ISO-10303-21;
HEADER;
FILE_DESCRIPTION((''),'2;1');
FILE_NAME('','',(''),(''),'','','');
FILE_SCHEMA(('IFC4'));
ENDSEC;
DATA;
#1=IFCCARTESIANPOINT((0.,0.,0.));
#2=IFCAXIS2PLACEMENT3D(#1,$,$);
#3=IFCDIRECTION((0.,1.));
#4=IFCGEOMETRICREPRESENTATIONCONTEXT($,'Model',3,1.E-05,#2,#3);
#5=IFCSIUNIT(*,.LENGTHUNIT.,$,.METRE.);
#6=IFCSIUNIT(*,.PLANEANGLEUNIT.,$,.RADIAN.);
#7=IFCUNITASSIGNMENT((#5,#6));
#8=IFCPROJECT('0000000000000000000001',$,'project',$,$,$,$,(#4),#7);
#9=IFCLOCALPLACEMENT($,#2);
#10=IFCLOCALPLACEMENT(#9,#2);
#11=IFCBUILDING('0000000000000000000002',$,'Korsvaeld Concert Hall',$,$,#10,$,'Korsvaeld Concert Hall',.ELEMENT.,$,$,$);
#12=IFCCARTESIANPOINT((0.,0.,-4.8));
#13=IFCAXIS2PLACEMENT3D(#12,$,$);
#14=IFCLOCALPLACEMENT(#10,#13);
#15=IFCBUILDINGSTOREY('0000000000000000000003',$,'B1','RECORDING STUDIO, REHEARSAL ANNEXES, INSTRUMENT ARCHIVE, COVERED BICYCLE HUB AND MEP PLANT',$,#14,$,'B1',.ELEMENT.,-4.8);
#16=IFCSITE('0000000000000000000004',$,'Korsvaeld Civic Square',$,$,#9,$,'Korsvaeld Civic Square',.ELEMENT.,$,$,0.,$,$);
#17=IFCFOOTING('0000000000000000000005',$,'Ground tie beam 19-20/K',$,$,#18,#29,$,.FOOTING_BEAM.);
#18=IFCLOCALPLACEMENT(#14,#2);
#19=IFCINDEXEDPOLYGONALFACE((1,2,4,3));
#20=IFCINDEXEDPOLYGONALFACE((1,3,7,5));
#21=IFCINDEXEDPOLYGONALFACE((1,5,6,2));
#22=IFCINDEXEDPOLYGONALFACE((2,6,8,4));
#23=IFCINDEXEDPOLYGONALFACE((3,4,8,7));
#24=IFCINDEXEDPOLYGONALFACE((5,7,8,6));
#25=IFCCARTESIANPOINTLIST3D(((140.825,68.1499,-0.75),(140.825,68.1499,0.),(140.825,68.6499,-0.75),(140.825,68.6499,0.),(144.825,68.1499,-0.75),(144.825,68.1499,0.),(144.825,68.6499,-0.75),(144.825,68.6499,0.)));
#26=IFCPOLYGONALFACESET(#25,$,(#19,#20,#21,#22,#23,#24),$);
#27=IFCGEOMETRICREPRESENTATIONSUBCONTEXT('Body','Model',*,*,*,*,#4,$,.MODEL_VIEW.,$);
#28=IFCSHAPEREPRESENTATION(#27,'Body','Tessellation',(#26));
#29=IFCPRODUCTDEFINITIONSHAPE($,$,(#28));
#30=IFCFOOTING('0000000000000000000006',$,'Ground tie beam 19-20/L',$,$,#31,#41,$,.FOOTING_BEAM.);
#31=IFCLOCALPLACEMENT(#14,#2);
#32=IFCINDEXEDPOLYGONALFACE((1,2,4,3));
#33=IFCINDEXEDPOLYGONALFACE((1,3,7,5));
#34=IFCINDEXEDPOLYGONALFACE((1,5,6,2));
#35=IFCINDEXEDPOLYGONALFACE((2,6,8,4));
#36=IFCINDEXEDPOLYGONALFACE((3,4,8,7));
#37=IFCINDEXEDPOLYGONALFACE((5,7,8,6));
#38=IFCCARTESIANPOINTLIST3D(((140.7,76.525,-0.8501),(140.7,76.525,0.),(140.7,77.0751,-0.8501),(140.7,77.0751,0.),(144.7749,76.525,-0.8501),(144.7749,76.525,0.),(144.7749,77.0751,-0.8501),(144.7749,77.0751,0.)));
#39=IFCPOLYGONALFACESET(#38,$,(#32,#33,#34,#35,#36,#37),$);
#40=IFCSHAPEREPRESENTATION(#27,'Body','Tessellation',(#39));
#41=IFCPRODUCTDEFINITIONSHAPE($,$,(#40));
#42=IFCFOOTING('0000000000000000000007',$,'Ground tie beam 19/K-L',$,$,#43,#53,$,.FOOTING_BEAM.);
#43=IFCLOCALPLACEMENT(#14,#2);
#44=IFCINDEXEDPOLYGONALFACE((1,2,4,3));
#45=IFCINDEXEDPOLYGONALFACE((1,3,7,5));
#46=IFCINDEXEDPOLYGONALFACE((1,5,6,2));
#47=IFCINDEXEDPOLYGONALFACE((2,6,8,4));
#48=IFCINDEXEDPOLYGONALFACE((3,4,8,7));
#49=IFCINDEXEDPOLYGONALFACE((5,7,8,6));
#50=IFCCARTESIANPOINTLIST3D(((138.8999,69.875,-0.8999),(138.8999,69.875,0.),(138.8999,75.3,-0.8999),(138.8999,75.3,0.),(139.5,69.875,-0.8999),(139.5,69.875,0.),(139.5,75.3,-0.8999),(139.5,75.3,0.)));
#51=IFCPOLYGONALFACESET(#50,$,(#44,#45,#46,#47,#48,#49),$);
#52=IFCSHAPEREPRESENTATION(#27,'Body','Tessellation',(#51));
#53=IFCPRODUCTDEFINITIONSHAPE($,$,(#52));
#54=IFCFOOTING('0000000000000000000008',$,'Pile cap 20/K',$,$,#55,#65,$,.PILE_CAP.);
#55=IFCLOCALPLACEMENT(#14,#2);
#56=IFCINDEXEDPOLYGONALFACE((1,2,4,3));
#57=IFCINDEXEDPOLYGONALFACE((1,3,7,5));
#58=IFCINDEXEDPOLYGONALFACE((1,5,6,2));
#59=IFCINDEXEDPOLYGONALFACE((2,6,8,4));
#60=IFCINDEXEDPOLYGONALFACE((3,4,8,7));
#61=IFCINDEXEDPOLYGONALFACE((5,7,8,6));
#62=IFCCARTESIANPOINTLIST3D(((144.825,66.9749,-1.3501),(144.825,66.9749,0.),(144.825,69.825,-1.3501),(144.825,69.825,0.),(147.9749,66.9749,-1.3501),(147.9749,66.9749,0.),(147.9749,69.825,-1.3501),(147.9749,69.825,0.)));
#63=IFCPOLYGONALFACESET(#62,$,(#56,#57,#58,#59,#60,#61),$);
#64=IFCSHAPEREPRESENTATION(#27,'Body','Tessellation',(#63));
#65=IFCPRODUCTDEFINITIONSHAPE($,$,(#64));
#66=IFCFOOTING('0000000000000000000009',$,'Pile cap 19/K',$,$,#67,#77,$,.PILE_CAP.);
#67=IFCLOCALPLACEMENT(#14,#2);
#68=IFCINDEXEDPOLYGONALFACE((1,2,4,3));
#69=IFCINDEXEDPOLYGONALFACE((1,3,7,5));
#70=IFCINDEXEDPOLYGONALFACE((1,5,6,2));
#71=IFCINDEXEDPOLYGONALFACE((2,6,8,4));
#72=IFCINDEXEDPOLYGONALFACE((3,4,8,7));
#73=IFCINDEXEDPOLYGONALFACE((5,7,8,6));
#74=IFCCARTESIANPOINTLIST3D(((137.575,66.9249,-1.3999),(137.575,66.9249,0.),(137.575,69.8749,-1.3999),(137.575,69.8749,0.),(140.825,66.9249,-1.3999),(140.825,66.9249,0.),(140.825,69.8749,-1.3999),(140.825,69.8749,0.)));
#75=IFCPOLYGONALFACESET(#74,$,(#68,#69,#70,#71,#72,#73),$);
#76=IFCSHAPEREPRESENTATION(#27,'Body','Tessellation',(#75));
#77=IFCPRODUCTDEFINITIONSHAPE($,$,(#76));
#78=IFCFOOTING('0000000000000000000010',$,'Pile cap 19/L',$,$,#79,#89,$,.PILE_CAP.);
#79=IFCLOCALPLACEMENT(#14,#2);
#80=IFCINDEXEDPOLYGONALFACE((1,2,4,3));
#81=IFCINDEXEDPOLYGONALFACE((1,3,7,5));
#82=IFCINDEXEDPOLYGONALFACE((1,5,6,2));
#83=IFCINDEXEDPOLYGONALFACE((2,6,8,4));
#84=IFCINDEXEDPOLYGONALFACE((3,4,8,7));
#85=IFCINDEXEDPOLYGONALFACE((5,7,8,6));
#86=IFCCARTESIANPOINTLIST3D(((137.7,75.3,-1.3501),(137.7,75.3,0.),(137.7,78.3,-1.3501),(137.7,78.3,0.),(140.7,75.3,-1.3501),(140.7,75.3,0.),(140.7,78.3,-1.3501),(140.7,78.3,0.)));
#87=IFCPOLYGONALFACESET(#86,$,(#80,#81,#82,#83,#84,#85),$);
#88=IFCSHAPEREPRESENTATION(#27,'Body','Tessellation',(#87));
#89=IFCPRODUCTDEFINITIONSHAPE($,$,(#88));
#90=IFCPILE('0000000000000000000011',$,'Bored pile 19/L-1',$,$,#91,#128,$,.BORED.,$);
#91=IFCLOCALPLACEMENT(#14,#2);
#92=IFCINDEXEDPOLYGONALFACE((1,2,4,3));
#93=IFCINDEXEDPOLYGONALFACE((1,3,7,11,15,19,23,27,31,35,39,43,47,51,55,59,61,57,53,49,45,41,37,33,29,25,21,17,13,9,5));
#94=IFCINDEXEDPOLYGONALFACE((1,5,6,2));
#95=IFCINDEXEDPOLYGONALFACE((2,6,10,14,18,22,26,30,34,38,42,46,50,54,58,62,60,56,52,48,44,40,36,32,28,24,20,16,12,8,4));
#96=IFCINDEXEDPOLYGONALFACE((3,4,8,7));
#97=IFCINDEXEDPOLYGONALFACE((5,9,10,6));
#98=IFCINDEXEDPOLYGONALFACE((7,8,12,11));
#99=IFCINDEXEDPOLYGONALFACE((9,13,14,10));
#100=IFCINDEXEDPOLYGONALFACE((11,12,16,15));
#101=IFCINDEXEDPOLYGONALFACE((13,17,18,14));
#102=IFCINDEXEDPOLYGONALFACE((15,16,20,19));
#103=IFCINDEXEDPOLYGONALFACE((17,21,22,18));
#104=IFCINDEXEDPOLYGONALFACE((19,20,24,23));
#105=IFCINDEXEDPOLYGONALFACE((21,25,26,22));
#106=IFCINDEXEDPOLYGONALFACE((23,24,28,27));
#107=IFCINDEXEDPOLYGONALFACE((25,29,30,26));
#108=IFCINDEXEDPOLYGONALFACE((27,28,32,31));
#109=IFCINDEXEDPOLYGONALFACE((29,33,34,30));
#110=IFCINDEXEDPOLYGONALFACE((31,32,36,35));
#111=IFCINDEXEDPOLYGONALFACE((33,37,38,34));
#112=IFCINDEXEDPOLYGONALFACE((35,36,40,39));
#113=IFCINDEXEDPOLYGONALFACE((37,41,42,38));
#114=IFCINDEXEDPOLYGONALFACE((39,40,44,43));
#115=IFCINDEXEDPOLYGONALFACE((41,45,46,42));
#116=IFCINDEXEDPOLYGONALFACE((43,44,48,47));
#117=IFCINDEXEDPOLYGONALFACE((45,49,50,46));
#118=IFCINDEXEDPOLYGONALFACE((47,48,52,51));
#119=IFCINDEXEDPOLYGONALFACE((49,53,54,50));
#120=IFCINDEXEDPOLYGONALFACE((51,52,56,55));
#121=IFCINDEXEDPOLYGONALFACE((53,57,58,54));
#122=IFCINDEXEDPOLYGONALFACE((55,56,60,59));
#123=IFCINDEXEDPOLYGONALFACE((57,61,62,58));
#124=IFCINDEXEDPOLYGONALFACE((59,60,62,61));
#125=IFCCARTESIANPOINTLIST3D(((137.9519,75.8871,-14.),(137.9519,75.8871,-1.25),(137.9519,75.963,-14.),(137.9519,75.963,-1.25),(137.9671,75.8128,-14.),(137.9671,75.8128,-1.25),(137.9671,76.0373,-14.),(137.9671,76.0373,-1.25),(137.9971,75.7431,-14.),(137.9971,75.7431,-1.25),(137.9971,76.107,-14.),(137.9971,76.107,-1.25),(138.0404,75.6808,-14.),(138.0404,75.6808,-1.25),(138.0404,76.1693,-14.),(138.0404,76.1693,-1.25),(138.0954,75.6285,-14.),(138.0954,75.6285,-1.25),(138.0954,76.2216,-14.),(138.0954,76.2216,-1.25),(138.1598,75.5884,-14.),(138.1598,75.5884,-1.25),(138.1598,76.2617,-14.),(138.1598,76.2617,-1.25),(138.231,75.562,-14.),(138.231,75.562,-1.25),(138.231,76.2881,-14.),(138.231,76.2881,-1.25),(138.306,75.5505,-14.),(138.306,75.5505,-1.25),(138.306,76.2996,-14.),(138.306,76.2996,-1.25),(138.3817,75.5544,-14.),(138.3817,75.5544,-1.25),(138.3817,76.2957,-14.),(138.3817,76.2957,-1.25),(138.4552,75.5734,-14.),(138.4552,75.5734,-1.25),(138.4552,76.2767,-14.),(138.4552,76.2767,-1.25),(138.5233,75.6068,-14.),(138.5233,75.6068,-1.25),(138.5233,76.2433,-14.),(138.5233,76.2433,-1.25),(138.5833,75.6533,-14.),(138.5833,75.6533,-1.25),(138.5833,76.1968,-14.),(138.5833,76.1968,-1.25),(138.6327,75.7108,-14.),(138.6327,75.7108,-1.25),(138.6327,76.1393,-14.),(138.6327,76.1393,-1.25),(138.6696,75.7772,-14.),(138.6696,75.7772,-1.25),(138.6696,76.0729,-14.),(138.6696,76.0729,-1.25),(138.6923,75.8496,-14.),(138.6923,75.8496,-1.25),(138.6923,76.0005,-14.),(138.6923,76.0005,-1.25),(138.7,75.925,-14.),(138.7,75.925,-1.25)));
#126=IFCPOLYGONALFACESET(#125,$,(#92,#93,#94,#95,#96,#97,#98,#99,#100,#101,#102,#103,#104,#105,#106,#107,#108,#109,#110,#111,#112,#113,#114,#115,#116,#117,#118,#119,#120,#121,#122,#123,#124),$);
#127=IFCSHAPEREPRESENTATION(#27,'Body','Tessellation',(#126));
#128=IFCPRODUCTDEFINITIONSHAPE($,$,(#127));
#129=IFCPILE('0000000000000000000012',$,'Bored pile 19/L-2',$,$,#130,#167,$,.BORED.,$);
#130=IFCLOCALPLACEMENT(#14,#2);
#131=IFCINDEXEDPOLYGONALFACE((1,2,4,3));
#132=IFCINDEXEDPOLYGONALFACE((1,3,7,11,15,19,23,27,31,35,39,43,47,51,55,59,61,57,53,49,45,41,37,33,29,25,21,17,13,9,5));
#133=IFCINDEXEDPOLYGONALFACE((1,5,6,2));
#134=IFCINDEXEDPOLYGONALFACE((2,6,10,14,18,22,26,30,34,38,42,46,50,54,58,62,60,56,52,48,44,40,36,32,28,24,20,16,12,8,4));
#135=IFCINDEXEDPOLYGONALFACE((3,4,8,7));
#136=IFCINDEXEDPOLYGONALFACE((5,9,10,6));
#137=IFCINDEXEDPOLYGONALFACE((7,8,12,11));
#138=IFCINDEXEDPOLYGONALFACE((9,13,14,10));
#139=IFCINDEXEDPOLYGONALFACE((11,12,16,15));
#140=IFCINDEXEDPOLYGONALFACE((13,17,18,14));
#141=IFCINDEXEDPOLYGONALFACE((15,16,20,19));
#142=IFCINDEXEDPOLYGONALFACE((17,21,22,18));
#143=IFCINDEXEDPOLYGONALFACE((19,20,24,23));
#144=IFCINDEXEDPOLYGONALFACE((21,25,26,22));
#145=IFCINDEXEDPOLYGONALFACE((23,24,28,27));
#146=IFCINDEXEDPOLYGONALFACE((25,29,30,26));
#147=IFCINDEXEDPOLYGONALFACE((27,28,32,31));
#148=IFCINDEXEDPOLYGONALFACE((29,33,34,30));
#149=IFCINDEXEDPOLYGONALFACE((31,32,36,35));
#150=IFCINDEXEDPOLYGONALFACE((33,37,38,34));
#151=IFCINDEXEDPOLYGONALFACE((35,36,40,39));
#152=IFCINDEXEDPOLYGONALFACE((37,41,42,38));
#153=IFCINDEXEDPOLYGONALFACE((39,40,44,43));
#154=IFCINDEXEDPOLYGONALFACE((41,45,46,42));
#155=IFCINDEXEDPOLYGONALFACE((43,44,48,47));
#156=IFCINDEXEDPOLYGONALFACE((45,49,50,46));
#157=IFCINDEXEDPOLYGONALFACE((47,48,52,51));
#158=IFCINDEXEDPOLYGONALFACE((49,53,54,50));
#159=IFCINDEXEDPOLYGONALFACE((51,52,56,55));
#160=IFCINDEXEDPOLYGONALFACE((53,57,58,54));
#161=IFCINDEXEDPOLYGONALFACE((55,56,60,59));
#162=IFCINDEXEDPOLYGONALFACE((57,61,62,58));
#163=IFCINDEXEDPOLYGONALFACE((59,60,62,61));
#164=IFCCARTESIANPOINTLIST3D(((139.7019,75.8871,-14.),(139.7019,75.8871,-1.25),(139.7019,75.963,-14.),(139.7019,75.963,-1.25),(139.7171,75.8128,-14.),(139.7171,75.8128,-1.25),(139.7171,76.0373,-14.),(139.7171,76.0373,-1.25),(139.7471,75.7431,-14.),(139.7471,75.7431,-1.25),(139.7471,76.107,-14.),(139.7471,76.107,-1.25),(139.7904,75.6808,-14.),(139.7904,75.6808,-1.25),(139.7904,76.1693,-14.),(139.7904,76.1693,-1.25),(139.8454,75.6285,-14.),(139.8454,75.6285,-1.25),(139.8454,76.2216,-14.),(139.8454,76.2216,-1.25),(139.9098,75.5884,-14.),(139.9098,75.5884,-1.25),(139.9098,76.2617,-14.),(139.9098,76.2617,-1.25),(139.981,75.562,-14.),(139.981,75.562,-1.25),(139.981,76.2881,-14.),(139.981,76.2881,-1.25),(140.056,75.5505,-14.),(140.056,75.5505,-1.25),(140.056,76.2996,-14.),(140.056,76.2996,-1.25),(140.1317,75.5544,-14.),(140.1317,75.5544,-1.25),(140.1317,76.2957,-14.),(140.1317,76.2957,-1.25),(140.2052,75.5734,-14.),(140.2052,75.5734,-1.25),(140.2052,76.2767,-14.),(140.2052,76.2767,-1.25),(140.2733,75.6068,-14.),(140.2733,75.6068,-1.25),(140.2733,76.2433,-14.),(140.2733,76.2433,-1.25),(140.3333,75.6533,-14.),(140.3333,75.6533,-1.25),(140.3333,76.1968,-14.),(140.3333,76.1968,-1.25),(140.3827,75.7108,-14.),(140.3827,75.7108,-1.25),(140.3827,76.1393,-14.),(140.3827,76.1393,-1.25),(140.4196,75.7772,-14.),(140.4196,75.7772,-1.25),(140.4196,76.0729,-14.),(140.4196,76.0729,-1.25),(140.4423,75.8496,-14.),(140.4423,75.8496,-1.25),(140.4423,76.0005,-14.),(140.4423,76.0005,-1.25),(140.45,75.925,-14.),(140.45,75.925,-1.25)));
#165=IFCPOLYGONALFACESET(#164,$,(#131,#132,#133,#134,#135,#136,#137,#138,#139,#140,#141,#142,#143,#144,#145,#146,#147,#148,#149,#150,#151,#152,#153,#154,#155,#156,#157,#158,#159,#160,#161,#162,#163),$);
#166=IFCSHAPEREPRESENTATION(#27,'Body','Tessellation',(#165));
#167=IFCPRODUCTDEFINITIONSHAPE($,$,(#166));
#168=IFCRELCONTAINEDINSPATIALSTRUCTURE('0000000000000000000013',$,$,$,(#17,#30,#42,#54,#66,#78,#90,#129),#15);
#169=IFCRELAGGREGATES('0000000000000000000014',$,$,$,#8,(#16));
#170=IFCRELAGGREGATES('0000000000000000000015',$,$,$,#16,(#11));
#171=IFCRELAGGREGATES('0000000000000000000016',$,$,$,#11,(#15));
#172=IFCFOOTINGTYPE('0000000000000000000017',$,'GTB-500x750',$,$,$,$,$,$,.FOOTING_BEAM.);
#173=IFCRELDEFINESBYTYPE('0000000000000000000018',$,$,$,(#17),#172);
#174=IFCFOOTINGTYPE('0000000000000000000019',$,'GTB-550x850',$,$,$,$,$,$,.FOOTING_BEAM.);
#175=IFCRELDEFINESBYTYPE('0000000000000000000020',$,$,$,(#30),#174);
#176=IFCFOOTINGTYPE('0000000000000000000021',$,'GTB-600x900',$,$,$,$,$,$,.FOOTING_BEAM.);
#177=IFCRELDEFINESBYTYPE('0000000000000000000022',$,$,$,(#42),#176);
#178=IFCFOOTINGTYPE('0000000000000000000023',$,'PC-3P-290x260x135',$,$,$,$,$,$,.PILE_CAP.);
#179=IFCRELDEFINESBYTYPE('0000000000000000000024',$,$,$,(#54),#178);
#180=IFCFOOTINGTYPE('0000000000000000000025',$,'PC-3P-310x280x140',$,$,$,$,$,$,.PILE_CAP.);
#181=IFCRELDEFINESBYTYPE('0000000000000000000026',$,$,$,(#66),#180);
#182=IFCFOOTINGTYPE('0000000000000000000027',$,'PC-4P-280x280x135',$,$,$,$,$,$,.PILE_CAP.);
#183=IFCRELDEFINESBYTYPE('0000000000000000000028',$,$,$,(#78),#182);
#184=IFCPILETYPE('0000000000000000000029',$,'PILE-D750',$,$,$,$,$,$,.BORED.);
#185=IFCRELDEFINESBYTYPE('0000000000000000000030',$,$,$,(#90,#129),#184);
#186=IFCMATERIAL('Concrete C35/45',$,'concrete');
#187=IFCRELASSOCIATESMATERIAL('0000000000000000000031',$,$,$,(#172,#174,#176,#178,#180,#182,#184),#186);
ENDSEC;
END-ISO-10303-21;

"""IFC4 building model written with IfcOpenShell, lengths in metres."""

from ifc_helpers import new_model, si_unit, direction, frame, origin, origin_2d, place, context, subcontext, project, spatial, rectangle, circle, extrude, material, material_profile, profile_set, type_object, element, save


model = new_model("IFC4")

# Units and contexts
model_context = context("Model", 3, precision=1e-05, world=origin(), true_north=direction((0.0, 1.0)))
body_context = subcontext(model_context, "Body", "Model", "MODEL_VIEW")
ifc_project = project(units=[si_unit("LENGTHUNIT", "METRE"), si_unit("PLANEANGLEUNIT", "RADIAN")], contexts=[model_context])

# Site, building, storey
site_placement = place(None, origin())
site = spatial("IfcSite", under=ifc_project, at=site_placement, Name="Korsvaeld Civic Square", LongName="Korsvaeld Civic Square", CompositionType="ELEMENT", RefElevation=0.0)
building_placement = place(site_placement, origin())
building = spatial("IfcBuilding", under=site, at=building_placement, Name="Korsvaeld Concert Hall", LongName="Korsvaeld Concert Hall", CompositionType="ELEMENT")
storey_placement = place(building_placement, frame((0.0, 0.0, -4.8)))
storey = spatial("IfcBuildingStorey", under=building, at=storey_placement, Name="B1", Description="RECORDING STUDIO, REHEARSAL ANNEXES, INSTRUMENT ARCHIVE, COVERED BICYCLE HUB AND MEP PLANT", LongName="B1", CompositionType="ELEMENT", Elevation=-4.8)

# Footings
ifc_material_1 = material(Name="Concrete C35/45", Category="concrete")
ifc_material_profile_1 = material_profile(ifc_material_1, rectangle(XDim=0.5, YDim=0.75, at=origin_2d()), Name="GTB 500x750")
ifc_profile_set_1 = profile_set([ifc_material_profile_1], Name="Concrete C35/45")
footing_type_1 = type_object("IfcFootingType", Name="GTB-500x750", PredefinedType="FOOTING_BEAM", material=ifc_profile_set_1)
footing_1_placement = place(storey_placement, frame((140.825, 68.3999, -0.375), z_axis=(1.0, 0.0, 0.0), x_axis=(0.0, 1.0, 0.0)))
element("IfcFooting", 1, at=footing_1_placement, inside=storey, type_object=footing_type_1, Name="Ground tie beam 19-20/K", PredefinedType="FOOTING_BEAM", context=body_context, shape_type="SweptSolid", body=[
    extrude(rectangle(XDim=0.5, YDim=0.75, at=origin_2d()), origin(), (0.0, 0.0, 1.0), 4.0),
])
ifc_material_profile_2 = material_profile(ifc_material_1, rectangle(XDim=0.55, YDim=0.8501, at=origin_2d()), Name="GTB 550x850")
ifc_profile_set_2 = profile_set([ifc_material_profile_2], Name="Concrete C35/45")
footing_type_2 = type_object("IfcFootingType", Name="GTB-550x850", PredefinedType="FOOTING_BEAM", material=ifc_profile_set_2)
footing_2_placement = place(storey_placement, frame((140.7, 76.8, -0.425), z_axis=(1.0, 0.0, 0.0), x_axis=(0.0, 1.0, 0.0)))
element("IfcFooting", 2, at=footing_2_placement, inside=storey, type_object=footing_type_2, Name="Ground tie beam 19-20/L", PredefinedType="FOOTING_BEAM", context=body_context, shape_type="SweptSolid", body=[
    extrude(rectangle(XDim=0.55, YDim=0.8501, at=origin_2d()), origin(), (0.0, 0.0, 1.0), 4.075),
])
ifc_material_profile_3 = material_profile(ifc_material_1, rectangle(XDim=0.6001, YDim=0.8999, at=origin_2d()), Name="GTB 600x900")
ifc_profile_set_3 = profile_set([ifc_material_profile_3], Name="Concrete C35/45")
footing_type_3 = type_object("IfcFootingType", Name="GTB-600x900", PredefinedType="FOOTING_BEAM", material=ifc_profile_set_3)
footing_3_placement = place(storey_placement, frame((139.2, 69.875, -0.45), z_axis=(0.0, 1.0, 0.0), x_axis=(-1.0, 0.0, 0.0)))
element("IfcFooting", 3, at=footing_3_placement, inside=storey, type_object=footing_type_3, Name="Ground tie beam 19/K-L", PredefinedType="FOOTING_BEAM", context=body_context, shape_type="SweptSolid", body=[
    extrude(rectangle(XDim=0.6001, YDim=0.8999, at=origin_2d()), origin(), (0.0, 0.0, 1.0), 5.425),
])
footing_type_4 = type_object("IfcFootingType", Name="PC-3P-290x260x135", PredefinedType="PILE_CAP", material=ifc_material_1)
footing_4_placement = place(storey_placement, frame((146.3999, 68.3999, -1.3501), z_axis=(0.0, 0.0, 1.0), x_axis=(1.0, 0.0, 0.0)))
element("IfcFooting", 4, at=footing_4_placement, inside=storey, type_object=footing_type_4, Name="Pile cap 20/K", PredefinedType="PILE_CAP", context=body_context, shape_type="SweptSolid", body=[
    extrude(rectangle(XDim=3.1499, YDim=2.8501, at=origin_2d()), origin(), (0.0, 0.0, 1.0), 1.3501),
])
footing_type_5 = type_object("IfcFootingType", Name="PC-3P-310x280x140", PredefinedType="PILE_CAP", material=ifc_material_1)
footing_5_placement = place(storey_placement, frame((139.2, 68.3999, -1.3999), z_axis=(0.0, 0.0, 1.0), x_axis=(1.0, 0.0, 0.0)))
element("IfcFooting", 5, at=footing_5_placement, inside=storey, type_object=footing_type_5, Name="Pile cap 19/K", PredefinedType="PILE_CAP", context=body_context, shape_type="SweptSolid", body=[
    extrude(rectangle(XDim=3.25, YDim=2.95, at=origin_2d()), origin(), (0.0, 0.0, 1.0), 1.3999),
])
footing_type_6 = type_object("IfcFootingType", Name="PC-4P-280x280x135", PredefinedType="PILE_CAP", material=ifc_material_1)
footing_6_placement = place(storey_placement, frame((139.2, 76.8, -1.3501), z_axis=(0.0, 0.0, 1.0), x_axis=(1.0, 0.0, 0.0)))
element("IfcFooting", 6, at=footing_6_placement, inside=storey, type_object=footing_type_6, Name="Pile cap 19/L", PredefinedType="PILE_CAP", context=body_context, shape_type="SweptSolid", body=[
    extrude(rectangle(XDim=3.0, YDim=3.0, at=origin_2d()), origin(), (0.0, 0.0, 1.0), 1.3501),
])

# Piles
ifc_material_profile_4 = material_profile(ifc_material_1, circle(Radius=0.375, at=origin_2d()), Name="BORED PILE D750")
ifc_profile_set_4 = profile_set([ifc_material_profile_4], Name="Concrete C35/45")
pile_type_1 = type_object("IfcPileType", Name="PILE-D750", PredefinedType="BORED", material=ifc_profile_set_4)
for number, where, z_axis, x_axis, name in (
    (7, (138.325, 75.925, -1.25), (0.0, 0.0, -1.0), (1.0, 0.0, 0.0), "Bored pile 19/L-1"),
    (8, (140.075, 75.925, -1.25), (0.0, 0.0, -1.0), (1.0, 0.0, 0.0), "Bored pile 19/L-2"),
):
    element("IfcPile", number, at=place(storey_placement, frame(where, z_axis=z_axis, x_axis=x_axis)), inside=storey, type_object=pile_type_1, Name=name, PredefinedType="BORED", context=body_context, shape_type="SweptSolid", body=[
        extrude(circle(Radius=0.375, at=origin_2d()), origin(), (0.0, 0.0, 1.0), 12.75),
    ])

save(model, "model.ifc")
